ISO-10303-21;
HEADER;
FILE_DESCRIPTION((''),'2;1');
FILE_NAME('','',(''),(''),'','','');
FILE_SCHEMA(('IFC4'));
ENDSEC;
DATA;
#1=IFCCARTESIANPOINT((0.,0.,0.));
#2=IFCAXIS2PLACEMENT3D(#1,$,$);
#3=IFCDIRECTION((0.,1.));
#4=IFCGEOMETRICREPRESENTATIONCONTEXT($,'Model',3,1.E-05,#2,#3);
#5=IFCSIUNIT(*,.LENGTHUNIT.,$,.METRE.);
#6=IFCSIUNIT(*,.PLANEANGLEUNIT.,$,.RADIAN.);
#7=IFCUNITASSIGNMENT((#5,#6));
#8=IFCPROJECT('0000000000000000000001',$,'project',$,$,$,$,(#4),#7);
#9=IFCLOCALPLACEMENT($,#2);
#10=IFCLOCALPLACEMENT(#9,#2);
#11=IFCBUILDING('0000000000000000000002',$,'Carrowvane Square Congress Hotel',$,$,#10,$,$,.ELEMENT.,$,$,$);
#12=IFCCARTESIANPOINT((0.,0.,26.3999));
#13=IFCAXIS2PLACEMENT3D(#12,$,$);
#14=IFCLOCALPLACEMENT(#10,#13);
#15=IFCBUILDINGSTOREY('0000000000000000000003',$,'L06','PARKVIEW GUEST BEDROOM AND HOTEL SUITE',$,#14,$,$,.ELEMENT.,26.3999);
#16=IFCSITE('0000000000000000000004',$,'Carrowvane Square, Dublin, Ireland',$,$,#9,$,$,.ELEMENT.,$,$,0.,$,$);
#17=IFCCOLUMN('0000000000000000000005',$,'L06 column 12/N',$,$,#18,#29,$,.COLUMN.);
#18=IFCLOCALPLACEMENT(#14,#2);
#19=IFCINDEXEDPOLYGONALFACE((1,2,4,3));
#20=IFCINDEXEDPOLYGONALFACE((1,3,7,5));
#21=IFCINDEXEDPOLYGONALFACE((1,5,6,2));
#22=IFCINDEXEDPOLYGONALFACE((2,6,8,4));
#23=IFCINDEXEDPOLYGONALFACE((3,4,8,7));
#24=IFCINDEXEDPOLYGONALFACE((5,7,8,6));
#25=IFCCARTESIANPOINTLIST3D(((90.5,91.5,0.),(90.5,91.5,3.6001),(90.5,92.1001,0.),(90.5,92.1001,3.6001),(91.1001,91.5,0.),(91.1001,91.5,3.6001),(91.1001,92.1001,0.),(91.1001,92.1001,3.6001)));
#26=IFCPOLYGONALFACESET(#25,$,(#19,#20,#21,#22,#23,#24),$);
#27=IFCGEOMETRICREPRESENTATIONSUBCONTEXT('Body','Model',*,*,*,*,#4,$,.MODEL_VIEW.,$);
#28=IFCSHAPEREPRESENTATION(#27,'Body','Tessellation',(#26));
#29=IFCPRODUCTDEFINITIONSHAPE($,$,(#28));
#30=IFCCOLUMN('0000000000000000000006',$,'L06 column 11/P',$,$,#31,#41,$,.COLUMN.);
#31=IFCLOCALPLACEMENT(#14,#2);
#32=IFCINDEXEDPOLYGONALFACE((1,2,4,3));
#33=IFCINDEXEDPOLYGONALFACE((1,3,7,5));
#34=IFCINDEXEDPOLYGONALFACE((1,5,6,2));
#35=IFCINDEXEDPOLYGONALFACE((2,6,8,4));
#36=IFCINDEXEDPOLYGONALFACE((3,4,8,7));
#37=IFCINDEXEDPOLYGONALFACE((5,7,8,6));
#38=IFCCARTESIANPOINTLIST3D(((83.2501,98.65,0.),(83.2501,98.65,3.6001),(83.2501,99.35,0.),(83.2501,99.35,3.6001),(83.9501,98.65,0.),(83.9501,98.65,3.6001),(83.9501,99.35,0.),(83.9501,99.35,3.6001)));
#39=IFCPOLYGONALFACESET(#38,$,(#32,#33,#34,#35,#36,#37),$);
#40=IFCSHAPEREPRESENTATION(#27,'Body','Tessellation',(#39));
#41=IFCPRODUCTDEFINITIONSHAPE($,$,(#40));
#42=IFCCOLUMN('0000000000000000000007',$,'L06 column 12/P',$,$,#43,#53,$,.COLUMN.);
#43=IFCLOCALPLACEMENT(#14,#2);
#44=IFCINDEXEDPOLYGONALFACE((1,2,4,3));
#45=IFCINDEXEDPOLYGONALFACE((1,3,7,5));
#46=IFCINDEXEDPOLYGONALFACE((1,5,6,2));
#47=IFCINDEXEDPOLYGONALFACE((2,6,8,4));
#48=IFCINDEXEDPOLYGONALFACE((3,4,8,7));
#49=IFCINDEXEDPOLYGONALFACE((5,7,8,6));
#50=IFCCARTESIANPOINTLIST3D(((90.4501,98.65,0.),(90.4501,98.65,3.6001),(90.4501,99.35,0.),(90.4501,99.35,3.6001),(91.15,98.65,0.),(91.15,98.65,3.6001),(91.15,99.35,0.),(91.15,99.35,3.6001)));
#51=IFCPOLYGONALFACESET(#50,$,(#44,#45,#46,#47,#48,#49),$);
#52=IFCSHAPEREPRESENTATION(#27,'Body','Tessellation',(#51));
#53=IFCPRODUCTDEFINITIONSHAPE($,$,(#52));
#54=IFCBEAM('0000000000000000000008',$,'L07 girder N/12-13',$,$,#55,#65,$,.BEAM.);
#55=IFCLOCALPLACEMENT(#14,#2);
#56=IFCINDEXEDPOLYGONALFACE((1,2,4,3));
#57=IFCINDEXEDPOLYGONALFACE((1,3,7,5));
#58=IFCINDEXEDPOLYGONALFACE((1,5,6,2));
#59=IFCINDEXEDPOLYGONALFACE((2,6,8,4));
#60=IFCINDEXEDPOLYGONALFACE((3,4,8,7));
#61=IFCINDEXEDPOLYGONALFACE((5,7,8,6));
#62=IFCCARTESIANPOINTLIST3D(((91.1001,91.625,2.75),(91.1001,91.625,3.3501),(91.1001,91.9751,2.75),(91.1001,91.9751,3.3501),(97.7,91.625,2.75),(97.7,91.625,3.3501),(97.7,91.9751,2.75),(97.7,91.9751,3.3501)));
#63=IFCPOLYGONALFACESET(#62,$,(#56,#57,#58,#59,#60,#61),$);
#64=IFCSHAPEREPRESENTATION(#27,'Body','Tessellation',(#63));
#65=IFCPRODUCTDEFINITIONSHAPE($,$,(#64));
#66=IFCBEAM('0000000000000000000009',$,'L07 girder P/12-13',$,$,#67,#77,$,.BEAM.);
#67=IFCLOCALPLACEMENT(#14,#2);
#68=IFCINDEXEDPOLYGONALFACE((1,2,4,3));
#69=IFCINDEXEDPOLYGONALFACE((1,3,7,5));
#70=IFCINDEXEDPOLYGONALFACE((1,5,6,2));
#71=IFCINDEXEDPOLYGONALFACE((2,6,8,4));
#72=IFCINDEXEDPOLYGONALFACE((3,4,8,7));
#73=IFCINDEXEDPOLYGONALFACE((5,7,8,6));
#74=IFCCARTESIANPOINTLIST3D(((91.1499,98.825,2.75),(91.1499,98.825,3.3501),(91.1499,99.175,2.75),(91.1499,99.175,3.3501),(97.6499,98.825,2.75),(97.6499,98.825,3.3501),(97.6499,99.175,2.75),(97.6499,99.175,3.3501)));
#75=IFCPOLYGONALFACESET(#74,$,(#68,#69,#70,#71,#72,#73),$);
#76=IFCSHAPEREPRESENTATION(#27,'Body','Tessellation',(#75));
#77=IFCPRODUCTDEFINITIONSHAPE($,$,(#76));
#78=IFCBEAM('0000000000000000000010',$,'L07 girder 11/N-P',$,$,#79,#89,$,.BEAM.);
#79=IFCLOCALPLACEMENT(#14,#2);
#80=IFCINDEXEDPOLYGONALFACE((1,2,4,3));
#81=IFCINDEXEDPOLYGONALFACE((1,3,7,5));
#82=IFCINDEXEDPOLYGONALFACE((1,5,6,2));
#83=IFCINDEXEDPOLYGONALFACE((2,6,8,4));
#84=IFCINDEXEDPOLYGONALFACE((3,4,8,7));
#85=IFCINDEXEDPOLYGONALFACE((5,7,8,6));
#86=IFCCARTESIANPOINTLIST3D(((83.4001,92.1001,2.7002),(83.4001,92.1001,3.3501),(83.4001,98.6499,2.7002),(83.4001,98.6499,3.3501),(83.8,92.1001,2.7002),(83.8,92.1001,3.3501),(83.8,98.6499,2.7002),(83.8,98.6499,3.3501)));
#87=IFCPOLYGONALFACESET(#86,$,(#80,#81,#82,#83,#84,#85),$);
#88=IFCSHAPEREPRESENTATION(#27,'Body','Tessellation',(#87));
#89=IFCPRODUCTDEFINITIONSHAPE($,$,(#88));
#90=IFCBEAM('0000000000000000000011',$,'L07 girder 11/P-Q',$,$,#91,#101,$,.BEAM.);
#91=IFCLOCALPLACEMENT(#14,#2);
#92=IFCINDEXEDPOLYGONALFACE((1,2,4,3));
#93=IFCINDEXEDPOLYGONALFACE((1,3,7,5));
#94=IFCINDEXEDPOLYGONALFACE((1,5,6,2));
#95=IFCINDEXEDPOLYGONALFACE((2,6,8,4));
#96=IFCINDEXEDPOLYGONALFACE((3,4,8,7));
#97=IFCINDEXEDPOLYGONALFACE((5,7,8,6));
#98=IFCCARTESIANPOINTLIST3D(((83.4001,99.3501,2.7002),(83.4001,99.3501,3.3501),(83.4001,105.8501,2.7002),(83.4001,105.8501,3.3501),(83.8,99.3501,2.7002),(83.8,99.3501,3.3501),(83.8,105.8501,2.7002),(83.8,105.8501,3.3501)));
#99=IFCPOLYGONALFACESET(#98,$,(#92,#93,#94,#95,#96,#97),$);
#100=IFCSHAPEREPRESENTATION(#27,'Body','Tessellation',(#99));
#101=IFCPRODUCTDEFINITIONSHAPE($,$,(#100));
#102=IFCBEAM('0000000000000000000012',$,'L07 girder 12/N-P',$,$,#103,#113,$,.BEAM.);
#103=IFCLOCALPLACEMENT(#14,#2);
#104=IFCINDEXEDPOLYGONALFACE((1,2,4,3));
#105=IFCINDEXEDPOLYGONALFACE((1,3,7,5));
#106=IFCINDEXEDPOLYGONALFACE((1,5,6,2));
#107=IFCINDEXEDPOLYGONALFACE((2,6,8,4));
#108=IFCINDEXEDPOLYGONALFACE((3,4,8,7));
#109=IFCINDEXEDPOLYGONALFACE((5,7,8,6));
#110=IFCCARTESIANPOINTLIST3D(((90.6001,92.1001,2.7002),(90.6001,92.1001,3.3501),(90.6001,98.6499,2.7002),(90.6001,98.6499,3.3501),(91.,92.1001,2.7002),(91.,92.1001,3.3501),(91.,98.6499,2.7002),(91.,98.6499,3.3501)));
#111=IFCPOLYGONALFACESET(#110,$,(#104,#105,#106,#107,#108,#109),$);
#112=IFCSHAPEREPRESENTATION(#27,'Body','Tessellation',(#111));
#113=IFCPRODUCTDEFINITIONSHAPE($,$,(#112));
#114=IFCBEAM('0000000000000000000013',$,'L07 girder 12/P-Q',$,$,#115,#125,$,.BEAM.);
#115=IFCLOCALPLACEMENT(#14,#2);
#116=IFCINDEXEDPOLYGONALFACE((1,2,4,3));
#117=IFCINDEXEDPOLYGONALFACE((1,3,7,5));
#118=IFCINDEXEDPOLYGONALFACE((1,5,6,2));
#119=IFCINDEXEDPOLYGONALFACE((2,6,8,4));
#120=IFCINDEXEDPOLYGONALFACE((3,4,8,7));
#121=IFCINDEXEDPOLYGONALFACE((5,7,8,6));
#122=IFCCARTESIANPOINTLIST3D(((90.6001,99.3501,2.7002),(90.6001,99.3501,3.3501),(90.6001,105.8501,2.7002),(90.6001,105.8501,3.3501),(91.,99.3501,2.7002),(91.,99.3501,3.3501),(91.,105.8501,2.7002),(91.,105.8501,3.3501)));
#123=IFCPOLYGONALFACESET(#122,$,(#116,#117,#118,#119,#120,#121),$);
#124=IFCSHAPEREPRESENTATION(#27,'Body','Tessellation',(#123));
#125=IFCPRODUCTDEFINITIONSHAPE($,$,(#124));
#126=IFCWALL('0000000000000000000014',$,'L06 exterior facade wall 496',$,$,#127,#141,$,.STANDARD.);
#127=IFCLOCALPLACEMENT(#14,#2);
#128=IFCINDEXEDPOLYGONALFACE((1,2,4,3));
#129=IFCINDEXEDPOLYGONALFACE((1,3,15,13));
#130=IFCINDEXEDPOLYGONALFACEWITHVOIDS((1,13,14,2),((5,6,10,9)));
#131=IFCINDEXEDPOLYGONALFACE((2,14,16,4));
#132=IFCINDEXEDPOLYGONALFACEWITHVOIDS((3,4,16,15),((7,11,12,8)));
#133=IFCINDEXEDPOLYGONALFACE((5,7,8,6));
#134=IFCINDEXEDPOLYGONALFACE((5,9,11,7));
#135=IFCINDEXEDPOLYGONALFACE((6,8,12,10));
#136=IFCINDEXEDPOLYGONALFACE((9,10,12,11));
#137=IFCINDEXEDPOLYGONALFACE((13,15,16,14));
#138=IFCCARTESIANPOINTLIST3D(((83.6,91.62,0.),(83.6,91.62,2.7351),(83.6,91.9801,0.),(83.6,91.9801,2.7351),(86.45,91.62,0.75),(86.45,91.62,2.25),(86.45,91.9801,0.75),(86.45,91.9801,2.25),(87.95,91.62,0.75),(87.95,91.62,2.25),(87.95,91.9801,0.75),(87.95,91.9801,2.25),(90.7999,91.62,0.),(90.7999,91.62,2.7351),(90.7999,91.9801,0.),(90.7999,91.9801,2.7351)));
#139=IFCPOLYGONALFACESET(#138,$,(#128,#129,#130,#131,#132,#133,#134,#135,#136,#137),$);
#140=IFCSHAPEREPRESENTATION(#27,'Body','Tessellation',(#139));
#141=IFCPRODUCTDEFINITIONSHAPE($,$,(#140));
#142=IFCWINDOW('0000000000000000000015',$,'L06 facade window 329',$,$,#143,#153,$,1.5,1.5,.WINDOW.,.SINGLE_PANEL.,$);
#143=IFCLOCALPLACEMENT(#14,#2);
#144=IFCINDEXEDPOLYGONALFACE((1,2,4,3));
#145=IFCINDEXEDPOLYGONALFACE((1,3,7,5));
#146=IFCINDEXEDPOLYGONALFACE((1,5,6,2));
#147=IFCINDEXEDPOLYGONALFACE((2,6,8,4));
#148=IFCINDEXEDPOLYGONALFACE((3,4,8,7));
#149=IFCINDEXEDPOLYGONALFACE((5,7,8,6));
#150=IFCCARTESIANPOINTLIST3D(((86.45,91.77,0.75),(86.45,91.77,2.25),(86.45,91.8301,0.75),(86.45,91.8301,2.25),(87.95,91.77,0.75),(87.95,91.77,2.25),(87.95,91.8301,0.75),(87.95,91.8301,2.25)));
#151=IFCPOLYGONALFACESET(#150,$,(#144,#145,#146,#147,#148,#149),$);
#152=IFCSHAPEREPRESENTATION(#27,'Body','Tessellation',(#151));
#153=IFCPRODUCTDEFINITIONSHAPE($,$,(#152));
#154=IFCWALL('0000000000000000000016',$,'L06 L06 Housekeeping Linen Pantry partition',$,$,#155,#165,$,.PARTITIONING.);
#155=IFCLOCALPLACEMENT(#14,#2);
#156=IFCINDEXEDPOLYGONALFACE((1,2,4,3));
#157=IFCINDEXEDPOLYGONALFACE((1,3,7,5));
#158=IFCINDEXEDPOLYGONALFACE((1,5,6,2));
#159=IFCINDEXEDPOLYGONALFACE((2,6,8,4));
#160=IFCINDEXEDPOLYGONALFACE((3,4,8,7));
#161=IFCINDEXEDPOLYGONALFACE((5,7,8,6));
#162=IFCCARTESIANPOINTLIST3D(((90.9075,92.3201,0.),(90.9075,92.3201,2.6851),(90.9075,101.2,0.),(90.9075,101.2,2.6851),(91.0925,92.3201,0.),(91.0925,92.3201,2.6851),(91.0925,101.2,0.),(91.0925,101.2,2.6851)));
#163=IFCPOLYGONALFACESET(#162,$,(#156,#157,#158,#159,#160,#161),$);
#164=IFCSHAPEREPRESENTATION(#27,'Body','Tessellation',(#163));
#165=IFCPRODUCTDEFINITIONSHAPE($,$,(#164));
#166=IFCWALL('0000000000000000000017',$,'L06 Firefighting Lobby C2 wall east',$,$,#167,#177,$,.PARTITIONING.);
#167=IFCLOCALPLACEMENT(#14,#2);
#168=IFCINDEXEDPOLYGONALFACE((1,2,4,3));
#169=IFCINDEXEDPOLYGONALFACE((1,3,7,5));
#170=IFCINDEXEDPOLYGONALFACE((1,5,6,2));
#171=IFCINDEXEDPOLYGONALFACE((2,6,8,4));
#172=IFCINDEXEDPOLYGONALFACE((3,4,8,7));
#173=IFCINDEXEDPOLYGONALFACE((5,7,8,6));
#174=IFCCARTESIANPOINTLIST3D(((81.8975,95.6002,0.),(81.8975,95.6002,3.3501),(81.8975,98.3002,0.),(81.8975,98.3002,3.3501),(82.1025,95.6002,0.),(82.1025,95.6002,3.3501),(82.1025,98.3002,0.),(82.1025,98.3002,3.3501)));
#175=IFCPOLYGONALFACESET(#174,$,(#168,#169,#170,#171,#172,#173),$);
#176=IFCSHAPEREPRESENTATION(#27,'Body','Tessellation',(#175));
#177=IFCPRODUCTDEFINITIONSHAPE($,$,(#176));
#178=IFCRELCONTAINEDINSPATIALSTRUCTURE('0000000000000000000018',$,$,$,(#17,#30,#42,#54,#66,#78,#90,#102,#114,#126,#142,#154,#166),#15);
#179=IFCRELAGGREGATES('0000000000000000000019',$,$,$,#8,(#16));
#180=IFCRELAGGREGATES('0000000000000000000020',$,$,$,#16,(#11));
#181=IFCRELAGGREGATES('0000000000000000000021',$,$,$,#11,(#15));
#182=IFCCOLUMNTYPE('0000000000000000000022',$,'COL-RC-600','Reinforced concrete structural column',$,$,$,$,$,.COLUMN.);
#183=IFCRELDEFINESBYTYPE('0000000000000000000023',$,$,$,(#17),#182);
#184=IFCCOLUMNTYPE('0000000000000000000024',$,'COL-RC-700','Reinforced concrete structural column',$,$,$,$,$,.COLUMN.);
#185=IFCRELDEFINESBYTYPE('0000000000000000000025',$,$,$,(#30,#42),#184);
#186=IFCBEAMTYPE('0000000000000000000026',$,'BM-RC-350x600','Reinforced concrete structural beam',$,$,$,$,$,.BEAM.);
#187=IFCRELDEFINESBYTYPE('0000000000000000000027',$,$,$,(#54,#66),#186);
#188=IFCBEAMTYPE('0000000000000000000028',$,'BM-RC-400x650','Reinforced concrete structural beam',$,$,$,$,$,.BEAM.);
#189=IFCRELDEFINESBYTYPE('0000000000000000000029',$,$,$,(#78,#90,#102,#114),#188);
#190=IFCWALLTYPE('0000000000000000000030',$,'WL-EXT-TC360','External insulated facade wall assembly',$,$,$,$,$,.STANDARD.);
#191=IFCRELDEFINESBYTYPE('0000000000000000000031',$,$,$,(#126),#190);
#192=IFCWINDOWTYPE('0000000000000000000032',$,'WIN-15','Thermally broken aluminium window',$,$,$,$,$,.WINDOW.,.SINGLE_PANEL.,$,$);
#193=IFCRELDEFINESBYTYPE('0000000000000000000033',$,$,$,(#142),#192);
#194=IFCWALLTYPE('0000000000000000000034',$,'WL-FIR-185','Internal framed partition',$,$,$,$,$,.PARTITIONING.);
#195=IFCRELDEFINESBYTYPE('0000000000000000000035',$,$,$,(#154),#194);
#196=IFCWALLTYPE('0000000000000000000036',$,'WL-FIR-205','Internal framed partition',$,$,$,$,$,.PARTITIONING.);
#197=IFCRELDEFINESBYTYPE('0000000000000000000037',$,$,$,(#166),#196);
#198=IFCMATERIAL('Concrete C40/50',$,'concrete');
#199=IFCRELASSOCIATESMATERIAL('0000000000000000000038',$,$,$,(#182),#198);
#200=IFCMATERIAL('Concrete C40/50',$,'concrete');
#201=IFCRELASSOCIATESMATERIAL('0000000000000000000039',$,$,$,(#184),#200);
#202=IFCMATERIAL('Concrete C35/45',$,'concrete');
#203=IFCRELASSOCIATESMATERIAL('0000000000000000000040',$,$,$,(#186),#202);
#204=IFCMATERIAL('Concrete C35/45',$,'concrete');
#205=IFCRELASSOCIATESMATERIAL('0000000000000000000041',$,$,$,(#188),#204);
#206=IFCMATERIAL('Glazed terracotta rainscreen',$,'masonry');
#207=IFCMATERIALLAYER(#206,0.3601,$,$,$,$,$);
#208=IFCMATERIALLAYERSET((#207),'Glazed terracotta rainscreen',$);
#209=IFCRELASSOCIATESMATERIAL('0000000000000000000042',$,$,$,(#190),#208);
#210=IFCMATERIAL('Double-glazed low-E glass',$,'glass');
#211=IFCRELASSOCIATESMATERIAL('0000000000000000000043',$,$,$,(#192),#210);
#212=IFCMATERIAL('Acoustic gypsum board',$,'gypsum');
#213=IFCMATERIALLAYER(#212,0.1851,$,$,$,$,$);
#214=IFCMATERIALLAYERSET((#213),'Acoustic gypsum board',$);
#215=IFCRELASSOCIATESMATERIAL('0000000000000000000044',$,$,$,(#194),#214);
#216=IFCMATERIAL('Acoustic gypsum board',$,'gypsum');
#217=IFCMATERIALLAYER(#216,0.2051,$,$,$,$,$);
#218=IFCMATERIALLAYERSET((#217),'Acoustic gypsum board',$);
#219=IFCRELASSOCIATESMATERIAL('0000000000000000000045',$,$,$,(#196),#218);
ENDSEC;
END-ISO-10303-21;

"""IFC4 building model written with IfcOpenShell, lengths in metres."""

from ifc_helpers import new_model, si_unit, direction, frame, frame_2d, origin, origin_2d, place, context, subcontext, project, spatial, rectangle, extrude, material, layer, layer_set, material_profile, profile_set, type_object, element, fill, save


model = new_model("IFC4")

# Units and contexts
model_context = context("Model", 3, precision=1e-05, world=origin(), true_north=direction((0.0, 1.0)))
body_context = subcontext(model_context, "Body", "Model", "MODEL_VIEW")
ifc_project = project(units=[si_unit("LENGTHUNIT", "METRE"), si_unit("PLANEANGLEUNIT", "RADIAN")], contexts=[model_context])

# Site, building, storey
site_placement = place(None, origin())
site = spatial("IfcSite", under=ifc_project, at=site_placement, Name="Carrowvane Square, Dublin, Ireland", CompositionType="ELEMENT", RefElevation=0.0)
building_placement = place(site_placement, origin())
building = spatial("IfcBuilding", under=site, at=building_placement, Name="Carrowvane Square Congress Hotel", CompositionType="ELEMENT")
storey_placement = place(building_placement, frame((0.0, 0.0, 26.3999)))
storey = spatial("IfcBuildingStorey", under=building, at=storey_placement, Name="L06", Description="PARKVIEW GUEST BEDROOM AND HOTEL SUITE", CompositionType="ELEMENT", Elevation=26.3999)

# Columns
ifc_material_1 = material(Name="Concrete C40/50", Category="concrete")
ifc_material_profile_1 = material_profile(ifc_material_1, rectangle(XDim=0.6001, YDim=0.6001, at=origin_2d()), Name="RC 600x600")
ifc_profile_set_1 = profile_set([ifc_material_profile_1], Name="Concrete C40/50")
column_type_1 = type_object("IfcColumnType", Name="COL-RC-600", Description="Reinforced concrete structural column", PredefinedType="COLUMN", material=ifc_profile_set_1)
column_placement = place(storey_placement, frame((90.8, 91.8, 0.0), z_axis=(0.0, 0.0, 1.0), x_axis=(1.0, 0.0, 0.0)))
element("IfcColumn", 1, at=column_placement, inside=storey, type_object=column_type_1, Name="L06 column 12/N", PredefinedType="COLUMN", context=body_context, shape_type="SweptSolid", body=[
    extrude(rectangle(XDim=0.6001, YDim=0.6001, at=origin_2d()), origin(), (0.0, 0.0, 1.0), 3.6001),
])
ifc_material_2 = material(Name="Concrete C40/50", Category="concrete")
ifc_material_profile_2 = material_profile(ifc_material_2, rectangle(XDim=0.7, YDim=0.7, at=origin_2d()), Name="RC 700x700")
ifc_profile_set_2 = profile_set([ifc_material_profile_2], Name="Concrete C40/50")
column_type_2 = type_object("IfcColumnType", Name="COL-RC-700", Description="Reinforced concrete structural column", PredefinedType="COLUMN", material=ifc_profile_set_2)
for number, where, z_axis, x_axis, name in (
    (2, (83.6001, 99.0, 0.0), (0.0, 0.0, 1.0), (1.0, 0.0, 0.0), "L06 column 11/P"),
    (3, (90.8, 99.0, 0.0), (0.0, 0.0, 1.0), (1.0, 0.0, 0.0), "L06 column 12/P"),
):
    element("IfcColumn", number, at=place(storey_placement, frame(where, z_axis=z_axis, x_axis=x_axis)), inside=storey, type_object=column_type_2, Name=name, PredefinedType="COLUMN", context=body_context, shape_type="SweptSolid", body=[
        extrude(rectangle(XDim=0.7, YDim=0.7, at=origin_2d()), origin(), (0.0, 0.0, 1.0), 3.6001),
    ])

# Beams
ifc_material_3 = material(Name="Concrete C35/45", Category="concrete")
ifc_material_profile_3 = material_profile(ifc_material_3, rectangle(XDim=0.3501, YDim=0.6001, at=origin_2d()), Name="RC 350x600")
ifc_profile_set_3 = profile_set([ifc_material_profile_3], Name="Concrete C35/45")
beam_type_1 = type_object("IfcBeamType", Name="BM-RC-350x600", Description="Reinforced concrete structural beam", PredefinedType="BEAM", material=ifc_profile_set_3)
beam_1_placement = place(storey_placement, frame((91.1001, 91.8, 3.05), z_axis=(1.0, 0.0, 0.0), x_axis=(0.0, 1.0, 0.0)))
element("IfcBeam", 4, at=beam_1_placement, inside=storey, type_object=beam_type_1, Name="L07 girder N/12-13", PredefinedType="BEAM", context=body_context, shape_type="SweptSolid", body=[
    extrude(rectangle(XDim=0.3501, YDim=0.6001, at=origin_2d()), origin(), (0.0, 0.0, 1.0), 6.5999),
])
beam_2_placement = place(storey_placement, frame((91.1499, 99.0, 3.05), z_axis=(1.0, 0.0, 0.0), x_axis=(0.0, 1.0, 0.0)))
element("IfcBeam", 5, at=beam_2_placement, inside=storey, type_object=beam_type_1, Name="L07 girder P/12-13", PredefinedType="BEAM", context=body_context, shape_type="SweptSolid", body=[
    extrude(rectangle(XDim=0.3501, YDim=0.6001, at=origin_2d()), origin(), (0.0, 0.0, 1.0), 6.5),
])
ifc_material_4 = material(Name="Concrete C35/45", Category="concrete")
ifc_material_profile_4 = material_profile(ifc_material_4, rectangle(XDim=0.3999, YDim=0.6499, at=origin_2d()), Name="RC 400x650")
ifc_profile_set_4 = profile_set([ifc_material_profile_4], Name="Concrete C35/45")
beam_type_2 = type_object("IfcBeamType", Name="BM-RC-400x650", Description="Reinforced concrete structural beam", PredefinedType="BEAM", material=ifc_profile_set_4)
beam_3_placement = place(storey_placement, frame((83.6001, 92.1001, 3.0251), z_axis=(0.0, 1.0, 0.0), x_axis=(-1.0, 0.0, 0.0)))
element("IfcBeam", 6, at=beam_3_placement, inside=storey, type_object=beam_type_2, Name="L07 girder 11/N-P", PredefinedType="BEAM", context=body_context, shape_type="SweptSolid", body=[
    extrude(rectangle(XDim=0.3999, YDim=0.6499, at=origin_2d()), origin(), (0.0, 0.0, 1.0), 6.5498),
])
beam_4_placement = place(storey_placement, frame((83.6001, 99.3501, 3.0251), z_axis=(0.0, 1.0, 0.0), x_axis=(-1.0, 0.0, 0.0)))
element("IfcBeam", 7, at=beam_4_placement, inside=storey, type_object=beam_type_2, Name="L07 girder 11/P-Q", PredefinedType="BEAM", context=body_context, shape_type="SweptSolid", body=[
    extrude(rectangle(XDim=0.3999, YDim=0.6499, at=origin_2d()), origin(), (0.0, 0.0, 1.0), 6.5),
])
beam_5_placement = place(storey_placement, frame((90.8, 92.1001, 3.0251), z_axis=(0.0, 1.0, 0.0), x_axis=(-1.0, 0.0, 0.0)))
element("IfcBeam", 8, at=beam_5_placement, inside=storey, type_object=beam_type_2, Name="L07 girder 12/N-P", PredefinedType="BEAM", context=body_context, shape_type="SweptSolid", body=[
    extrude(rectangle(XDim=0.3999, YDim=0.6499, at=origin_2d()), origin(), (0.0, 0.0, 1.0), 6.5498),
])
beam_6_placement = place(storey_placement, frame((90.8, 99.3501, 3.0251), z_axis=(0.0, 1.0, 0.0), x_axis=(-1.0, 0.0, 0.0)))
element("IfcBeam", 9, at=beam_6_placement, inside=storey, type_object=beam_type_2, Name="L07 girder 12/P-Q", PredefinedType="BEAM", context=body_context, shape_type="SweptSolid", body=[
    extrude(rectangle(XDim=0.3999, YDim=0.6499, at=origin_2d()), origin(), (0.0, 0.0, 1.0), 6.5),
])

# Wall, opening, window
ifc_material_5 = material(Name="Glazed terracotta rainscreen", Category="masonry")
ifc_layer_1 = layer(ifc_material_5, 0.3601)
ifc_layer_set_1 = layer_set([ifc_layer_1], Name="Glazed terracotta rainscreen")
wall_type_1 = type_object("IfcWallType", Name="WL-EXT-TC360", Description="External insulated facade wall assembly", PredefinedType="STANDARD", material=ifc_layer_set_1)
wall_1_placement = place(storey_placement, frame((90.8, 91.8, 0.0), z_axis=(0.0, 0.0, 1.0), x_axis=(-1.0, 0.0, 0.0)))
wall_1 = element("IfcWall", 10, at=wall_1_placement, inside=storey, type_object=wall_type_1, Name="L06 exterior facade wall 496", PredefinedType="STANDARD", context=body_context, shape_type="SweptSolid", body=[
    extrude(rectangle(XDim=7.2, YDim=0.3601, at=frame_2d((3.6001, 0.0))), origin(), (0.0, 0.0, 1.0), 2.7351),
])
opening_1_placement = place(wall_1_placement, frame((2.8501, 0.0, 0.75)))
opening_1 = element("IfcOpeningElement", 11, at=opening_1_placement, cuts=wall_1, PredefinedType="OPENING", context=body_context, shape_type="SweptSolid", body=[
    extrude(rectangle(XDim=1.5, YDim=1.5, at=frame_2d((0.75, 0.75))), frame((0.0, 0.1899, 0.0), z_axis=(0.0, -1.0, 0.0), x_axis=(1.0, 0.0, 0.0)), (0.0, 0.0, 1.0), 0.3801),
])
ifc_material_6 = material(Name="Double-glazed low-E glass", Category="glass")
window_type = type_object("IfcWindowType", Name="WIN-15", Description="Thermally broken aluminium window", PartitioningType="SINGLE_PANEL", PredefinedType="WINDOW", material=ifc_material_6)
window_placement = place(opening_1_placement, origin())
window = element("IfcWindow", 12, at=window_placement, inside=storey, type_object=window_type, Name="L06 facade window 329", OverallHeight=1.5, OverallWidth=1.5, PartitioningType="SINGLE_PANEL", PredefinedType="WINDOW", context=body_context, shape_type="SweptSolid", body=[
    extrude(rectangle(XDim=1.5, YDim=1.5, at=frame_2d((0.75, 0.75))), frame((0.0, 0.03, 0.0), z_axis=(0.0, -1.0, 0.0), x_axis=(1.0, 0.0, 0.0)), (0.0, 0.0, 1.0), 0.0601),
])
fill(opening_1, window)

# Walls
ifc_material_7 = material(Name="Acoustic gypsum board", Category="gypsum")
ifc_layer_2 = layer(ifc_material_7, 0.1851)
ifc_layer_set_2 = layer_set([ifc_layer_2], Name="Acoustic gypsum board")
wall_type_2 = type_object("IfcWallType", Name="WL-FIR-185", Description="Internal framed partition", PredefinedType="PARTITIONING", material=ifc_layer_set_2)
wall_2_placement = place(storey_placement, frame((91.0, 92.3201, 0.0), z_axis=(0.0, 0.0, 1.0), x_axis=(0.0, 1.0, 0.0)))
element("IfcWall", 13, at=wall_2_placement, inside=storey, type_object=wall_type_2, Name="L06 L06 Housekeeping Linen Pantry partition", PredefinedType="PARTITIONING", context=body_context, shape_type="SweptSolid", body=[
    extrude(rectangle(XDim=8.8799, YDim=0.1851, at=frame_2d((4.4399, 0.0))), origin(), (0.0, 0.0, 1.0), 2.6851),
])
ifc_material_8 = material(Name="Acoustic gypsum board", Category="gypsum")
ifc_layer_3 = layer(ifc_material_8, 0.2051)
ifc_layer_set_3 = layer_set([ifc_layer_3], Name="Acoustic gypsum board")
wall_type_3 = type_object("IfcWallType", Name="WL-FIR-205", Description="Internal framed partition", PredefinedType="PARTITIONING", material=ifc_layer_set_3)
wall_3_placement = place(storey_placement, frame((82.0, 95.6001, 0.0), z_axis=(0.0, 0.0, 1.0), x_axis=(0.0, 1.0, 0.0)))
element("IfcWall", 14, at=wall_3_placement, inside=storey, type_object=wall_type_3, Name="L06 Firefighting Lobby C2 wall east", PredefinedType="PARTITIONING", context=body_context, shape_type="SweptSolid", body=[
    extrude(rectangle(XDim=2.7, YDim=0.2051, at=frame_2d((1.3501, 0.0))), origin(), (0.0, 0.0, 1.0), 3.3501),
])

save(model, "model.ifc")
